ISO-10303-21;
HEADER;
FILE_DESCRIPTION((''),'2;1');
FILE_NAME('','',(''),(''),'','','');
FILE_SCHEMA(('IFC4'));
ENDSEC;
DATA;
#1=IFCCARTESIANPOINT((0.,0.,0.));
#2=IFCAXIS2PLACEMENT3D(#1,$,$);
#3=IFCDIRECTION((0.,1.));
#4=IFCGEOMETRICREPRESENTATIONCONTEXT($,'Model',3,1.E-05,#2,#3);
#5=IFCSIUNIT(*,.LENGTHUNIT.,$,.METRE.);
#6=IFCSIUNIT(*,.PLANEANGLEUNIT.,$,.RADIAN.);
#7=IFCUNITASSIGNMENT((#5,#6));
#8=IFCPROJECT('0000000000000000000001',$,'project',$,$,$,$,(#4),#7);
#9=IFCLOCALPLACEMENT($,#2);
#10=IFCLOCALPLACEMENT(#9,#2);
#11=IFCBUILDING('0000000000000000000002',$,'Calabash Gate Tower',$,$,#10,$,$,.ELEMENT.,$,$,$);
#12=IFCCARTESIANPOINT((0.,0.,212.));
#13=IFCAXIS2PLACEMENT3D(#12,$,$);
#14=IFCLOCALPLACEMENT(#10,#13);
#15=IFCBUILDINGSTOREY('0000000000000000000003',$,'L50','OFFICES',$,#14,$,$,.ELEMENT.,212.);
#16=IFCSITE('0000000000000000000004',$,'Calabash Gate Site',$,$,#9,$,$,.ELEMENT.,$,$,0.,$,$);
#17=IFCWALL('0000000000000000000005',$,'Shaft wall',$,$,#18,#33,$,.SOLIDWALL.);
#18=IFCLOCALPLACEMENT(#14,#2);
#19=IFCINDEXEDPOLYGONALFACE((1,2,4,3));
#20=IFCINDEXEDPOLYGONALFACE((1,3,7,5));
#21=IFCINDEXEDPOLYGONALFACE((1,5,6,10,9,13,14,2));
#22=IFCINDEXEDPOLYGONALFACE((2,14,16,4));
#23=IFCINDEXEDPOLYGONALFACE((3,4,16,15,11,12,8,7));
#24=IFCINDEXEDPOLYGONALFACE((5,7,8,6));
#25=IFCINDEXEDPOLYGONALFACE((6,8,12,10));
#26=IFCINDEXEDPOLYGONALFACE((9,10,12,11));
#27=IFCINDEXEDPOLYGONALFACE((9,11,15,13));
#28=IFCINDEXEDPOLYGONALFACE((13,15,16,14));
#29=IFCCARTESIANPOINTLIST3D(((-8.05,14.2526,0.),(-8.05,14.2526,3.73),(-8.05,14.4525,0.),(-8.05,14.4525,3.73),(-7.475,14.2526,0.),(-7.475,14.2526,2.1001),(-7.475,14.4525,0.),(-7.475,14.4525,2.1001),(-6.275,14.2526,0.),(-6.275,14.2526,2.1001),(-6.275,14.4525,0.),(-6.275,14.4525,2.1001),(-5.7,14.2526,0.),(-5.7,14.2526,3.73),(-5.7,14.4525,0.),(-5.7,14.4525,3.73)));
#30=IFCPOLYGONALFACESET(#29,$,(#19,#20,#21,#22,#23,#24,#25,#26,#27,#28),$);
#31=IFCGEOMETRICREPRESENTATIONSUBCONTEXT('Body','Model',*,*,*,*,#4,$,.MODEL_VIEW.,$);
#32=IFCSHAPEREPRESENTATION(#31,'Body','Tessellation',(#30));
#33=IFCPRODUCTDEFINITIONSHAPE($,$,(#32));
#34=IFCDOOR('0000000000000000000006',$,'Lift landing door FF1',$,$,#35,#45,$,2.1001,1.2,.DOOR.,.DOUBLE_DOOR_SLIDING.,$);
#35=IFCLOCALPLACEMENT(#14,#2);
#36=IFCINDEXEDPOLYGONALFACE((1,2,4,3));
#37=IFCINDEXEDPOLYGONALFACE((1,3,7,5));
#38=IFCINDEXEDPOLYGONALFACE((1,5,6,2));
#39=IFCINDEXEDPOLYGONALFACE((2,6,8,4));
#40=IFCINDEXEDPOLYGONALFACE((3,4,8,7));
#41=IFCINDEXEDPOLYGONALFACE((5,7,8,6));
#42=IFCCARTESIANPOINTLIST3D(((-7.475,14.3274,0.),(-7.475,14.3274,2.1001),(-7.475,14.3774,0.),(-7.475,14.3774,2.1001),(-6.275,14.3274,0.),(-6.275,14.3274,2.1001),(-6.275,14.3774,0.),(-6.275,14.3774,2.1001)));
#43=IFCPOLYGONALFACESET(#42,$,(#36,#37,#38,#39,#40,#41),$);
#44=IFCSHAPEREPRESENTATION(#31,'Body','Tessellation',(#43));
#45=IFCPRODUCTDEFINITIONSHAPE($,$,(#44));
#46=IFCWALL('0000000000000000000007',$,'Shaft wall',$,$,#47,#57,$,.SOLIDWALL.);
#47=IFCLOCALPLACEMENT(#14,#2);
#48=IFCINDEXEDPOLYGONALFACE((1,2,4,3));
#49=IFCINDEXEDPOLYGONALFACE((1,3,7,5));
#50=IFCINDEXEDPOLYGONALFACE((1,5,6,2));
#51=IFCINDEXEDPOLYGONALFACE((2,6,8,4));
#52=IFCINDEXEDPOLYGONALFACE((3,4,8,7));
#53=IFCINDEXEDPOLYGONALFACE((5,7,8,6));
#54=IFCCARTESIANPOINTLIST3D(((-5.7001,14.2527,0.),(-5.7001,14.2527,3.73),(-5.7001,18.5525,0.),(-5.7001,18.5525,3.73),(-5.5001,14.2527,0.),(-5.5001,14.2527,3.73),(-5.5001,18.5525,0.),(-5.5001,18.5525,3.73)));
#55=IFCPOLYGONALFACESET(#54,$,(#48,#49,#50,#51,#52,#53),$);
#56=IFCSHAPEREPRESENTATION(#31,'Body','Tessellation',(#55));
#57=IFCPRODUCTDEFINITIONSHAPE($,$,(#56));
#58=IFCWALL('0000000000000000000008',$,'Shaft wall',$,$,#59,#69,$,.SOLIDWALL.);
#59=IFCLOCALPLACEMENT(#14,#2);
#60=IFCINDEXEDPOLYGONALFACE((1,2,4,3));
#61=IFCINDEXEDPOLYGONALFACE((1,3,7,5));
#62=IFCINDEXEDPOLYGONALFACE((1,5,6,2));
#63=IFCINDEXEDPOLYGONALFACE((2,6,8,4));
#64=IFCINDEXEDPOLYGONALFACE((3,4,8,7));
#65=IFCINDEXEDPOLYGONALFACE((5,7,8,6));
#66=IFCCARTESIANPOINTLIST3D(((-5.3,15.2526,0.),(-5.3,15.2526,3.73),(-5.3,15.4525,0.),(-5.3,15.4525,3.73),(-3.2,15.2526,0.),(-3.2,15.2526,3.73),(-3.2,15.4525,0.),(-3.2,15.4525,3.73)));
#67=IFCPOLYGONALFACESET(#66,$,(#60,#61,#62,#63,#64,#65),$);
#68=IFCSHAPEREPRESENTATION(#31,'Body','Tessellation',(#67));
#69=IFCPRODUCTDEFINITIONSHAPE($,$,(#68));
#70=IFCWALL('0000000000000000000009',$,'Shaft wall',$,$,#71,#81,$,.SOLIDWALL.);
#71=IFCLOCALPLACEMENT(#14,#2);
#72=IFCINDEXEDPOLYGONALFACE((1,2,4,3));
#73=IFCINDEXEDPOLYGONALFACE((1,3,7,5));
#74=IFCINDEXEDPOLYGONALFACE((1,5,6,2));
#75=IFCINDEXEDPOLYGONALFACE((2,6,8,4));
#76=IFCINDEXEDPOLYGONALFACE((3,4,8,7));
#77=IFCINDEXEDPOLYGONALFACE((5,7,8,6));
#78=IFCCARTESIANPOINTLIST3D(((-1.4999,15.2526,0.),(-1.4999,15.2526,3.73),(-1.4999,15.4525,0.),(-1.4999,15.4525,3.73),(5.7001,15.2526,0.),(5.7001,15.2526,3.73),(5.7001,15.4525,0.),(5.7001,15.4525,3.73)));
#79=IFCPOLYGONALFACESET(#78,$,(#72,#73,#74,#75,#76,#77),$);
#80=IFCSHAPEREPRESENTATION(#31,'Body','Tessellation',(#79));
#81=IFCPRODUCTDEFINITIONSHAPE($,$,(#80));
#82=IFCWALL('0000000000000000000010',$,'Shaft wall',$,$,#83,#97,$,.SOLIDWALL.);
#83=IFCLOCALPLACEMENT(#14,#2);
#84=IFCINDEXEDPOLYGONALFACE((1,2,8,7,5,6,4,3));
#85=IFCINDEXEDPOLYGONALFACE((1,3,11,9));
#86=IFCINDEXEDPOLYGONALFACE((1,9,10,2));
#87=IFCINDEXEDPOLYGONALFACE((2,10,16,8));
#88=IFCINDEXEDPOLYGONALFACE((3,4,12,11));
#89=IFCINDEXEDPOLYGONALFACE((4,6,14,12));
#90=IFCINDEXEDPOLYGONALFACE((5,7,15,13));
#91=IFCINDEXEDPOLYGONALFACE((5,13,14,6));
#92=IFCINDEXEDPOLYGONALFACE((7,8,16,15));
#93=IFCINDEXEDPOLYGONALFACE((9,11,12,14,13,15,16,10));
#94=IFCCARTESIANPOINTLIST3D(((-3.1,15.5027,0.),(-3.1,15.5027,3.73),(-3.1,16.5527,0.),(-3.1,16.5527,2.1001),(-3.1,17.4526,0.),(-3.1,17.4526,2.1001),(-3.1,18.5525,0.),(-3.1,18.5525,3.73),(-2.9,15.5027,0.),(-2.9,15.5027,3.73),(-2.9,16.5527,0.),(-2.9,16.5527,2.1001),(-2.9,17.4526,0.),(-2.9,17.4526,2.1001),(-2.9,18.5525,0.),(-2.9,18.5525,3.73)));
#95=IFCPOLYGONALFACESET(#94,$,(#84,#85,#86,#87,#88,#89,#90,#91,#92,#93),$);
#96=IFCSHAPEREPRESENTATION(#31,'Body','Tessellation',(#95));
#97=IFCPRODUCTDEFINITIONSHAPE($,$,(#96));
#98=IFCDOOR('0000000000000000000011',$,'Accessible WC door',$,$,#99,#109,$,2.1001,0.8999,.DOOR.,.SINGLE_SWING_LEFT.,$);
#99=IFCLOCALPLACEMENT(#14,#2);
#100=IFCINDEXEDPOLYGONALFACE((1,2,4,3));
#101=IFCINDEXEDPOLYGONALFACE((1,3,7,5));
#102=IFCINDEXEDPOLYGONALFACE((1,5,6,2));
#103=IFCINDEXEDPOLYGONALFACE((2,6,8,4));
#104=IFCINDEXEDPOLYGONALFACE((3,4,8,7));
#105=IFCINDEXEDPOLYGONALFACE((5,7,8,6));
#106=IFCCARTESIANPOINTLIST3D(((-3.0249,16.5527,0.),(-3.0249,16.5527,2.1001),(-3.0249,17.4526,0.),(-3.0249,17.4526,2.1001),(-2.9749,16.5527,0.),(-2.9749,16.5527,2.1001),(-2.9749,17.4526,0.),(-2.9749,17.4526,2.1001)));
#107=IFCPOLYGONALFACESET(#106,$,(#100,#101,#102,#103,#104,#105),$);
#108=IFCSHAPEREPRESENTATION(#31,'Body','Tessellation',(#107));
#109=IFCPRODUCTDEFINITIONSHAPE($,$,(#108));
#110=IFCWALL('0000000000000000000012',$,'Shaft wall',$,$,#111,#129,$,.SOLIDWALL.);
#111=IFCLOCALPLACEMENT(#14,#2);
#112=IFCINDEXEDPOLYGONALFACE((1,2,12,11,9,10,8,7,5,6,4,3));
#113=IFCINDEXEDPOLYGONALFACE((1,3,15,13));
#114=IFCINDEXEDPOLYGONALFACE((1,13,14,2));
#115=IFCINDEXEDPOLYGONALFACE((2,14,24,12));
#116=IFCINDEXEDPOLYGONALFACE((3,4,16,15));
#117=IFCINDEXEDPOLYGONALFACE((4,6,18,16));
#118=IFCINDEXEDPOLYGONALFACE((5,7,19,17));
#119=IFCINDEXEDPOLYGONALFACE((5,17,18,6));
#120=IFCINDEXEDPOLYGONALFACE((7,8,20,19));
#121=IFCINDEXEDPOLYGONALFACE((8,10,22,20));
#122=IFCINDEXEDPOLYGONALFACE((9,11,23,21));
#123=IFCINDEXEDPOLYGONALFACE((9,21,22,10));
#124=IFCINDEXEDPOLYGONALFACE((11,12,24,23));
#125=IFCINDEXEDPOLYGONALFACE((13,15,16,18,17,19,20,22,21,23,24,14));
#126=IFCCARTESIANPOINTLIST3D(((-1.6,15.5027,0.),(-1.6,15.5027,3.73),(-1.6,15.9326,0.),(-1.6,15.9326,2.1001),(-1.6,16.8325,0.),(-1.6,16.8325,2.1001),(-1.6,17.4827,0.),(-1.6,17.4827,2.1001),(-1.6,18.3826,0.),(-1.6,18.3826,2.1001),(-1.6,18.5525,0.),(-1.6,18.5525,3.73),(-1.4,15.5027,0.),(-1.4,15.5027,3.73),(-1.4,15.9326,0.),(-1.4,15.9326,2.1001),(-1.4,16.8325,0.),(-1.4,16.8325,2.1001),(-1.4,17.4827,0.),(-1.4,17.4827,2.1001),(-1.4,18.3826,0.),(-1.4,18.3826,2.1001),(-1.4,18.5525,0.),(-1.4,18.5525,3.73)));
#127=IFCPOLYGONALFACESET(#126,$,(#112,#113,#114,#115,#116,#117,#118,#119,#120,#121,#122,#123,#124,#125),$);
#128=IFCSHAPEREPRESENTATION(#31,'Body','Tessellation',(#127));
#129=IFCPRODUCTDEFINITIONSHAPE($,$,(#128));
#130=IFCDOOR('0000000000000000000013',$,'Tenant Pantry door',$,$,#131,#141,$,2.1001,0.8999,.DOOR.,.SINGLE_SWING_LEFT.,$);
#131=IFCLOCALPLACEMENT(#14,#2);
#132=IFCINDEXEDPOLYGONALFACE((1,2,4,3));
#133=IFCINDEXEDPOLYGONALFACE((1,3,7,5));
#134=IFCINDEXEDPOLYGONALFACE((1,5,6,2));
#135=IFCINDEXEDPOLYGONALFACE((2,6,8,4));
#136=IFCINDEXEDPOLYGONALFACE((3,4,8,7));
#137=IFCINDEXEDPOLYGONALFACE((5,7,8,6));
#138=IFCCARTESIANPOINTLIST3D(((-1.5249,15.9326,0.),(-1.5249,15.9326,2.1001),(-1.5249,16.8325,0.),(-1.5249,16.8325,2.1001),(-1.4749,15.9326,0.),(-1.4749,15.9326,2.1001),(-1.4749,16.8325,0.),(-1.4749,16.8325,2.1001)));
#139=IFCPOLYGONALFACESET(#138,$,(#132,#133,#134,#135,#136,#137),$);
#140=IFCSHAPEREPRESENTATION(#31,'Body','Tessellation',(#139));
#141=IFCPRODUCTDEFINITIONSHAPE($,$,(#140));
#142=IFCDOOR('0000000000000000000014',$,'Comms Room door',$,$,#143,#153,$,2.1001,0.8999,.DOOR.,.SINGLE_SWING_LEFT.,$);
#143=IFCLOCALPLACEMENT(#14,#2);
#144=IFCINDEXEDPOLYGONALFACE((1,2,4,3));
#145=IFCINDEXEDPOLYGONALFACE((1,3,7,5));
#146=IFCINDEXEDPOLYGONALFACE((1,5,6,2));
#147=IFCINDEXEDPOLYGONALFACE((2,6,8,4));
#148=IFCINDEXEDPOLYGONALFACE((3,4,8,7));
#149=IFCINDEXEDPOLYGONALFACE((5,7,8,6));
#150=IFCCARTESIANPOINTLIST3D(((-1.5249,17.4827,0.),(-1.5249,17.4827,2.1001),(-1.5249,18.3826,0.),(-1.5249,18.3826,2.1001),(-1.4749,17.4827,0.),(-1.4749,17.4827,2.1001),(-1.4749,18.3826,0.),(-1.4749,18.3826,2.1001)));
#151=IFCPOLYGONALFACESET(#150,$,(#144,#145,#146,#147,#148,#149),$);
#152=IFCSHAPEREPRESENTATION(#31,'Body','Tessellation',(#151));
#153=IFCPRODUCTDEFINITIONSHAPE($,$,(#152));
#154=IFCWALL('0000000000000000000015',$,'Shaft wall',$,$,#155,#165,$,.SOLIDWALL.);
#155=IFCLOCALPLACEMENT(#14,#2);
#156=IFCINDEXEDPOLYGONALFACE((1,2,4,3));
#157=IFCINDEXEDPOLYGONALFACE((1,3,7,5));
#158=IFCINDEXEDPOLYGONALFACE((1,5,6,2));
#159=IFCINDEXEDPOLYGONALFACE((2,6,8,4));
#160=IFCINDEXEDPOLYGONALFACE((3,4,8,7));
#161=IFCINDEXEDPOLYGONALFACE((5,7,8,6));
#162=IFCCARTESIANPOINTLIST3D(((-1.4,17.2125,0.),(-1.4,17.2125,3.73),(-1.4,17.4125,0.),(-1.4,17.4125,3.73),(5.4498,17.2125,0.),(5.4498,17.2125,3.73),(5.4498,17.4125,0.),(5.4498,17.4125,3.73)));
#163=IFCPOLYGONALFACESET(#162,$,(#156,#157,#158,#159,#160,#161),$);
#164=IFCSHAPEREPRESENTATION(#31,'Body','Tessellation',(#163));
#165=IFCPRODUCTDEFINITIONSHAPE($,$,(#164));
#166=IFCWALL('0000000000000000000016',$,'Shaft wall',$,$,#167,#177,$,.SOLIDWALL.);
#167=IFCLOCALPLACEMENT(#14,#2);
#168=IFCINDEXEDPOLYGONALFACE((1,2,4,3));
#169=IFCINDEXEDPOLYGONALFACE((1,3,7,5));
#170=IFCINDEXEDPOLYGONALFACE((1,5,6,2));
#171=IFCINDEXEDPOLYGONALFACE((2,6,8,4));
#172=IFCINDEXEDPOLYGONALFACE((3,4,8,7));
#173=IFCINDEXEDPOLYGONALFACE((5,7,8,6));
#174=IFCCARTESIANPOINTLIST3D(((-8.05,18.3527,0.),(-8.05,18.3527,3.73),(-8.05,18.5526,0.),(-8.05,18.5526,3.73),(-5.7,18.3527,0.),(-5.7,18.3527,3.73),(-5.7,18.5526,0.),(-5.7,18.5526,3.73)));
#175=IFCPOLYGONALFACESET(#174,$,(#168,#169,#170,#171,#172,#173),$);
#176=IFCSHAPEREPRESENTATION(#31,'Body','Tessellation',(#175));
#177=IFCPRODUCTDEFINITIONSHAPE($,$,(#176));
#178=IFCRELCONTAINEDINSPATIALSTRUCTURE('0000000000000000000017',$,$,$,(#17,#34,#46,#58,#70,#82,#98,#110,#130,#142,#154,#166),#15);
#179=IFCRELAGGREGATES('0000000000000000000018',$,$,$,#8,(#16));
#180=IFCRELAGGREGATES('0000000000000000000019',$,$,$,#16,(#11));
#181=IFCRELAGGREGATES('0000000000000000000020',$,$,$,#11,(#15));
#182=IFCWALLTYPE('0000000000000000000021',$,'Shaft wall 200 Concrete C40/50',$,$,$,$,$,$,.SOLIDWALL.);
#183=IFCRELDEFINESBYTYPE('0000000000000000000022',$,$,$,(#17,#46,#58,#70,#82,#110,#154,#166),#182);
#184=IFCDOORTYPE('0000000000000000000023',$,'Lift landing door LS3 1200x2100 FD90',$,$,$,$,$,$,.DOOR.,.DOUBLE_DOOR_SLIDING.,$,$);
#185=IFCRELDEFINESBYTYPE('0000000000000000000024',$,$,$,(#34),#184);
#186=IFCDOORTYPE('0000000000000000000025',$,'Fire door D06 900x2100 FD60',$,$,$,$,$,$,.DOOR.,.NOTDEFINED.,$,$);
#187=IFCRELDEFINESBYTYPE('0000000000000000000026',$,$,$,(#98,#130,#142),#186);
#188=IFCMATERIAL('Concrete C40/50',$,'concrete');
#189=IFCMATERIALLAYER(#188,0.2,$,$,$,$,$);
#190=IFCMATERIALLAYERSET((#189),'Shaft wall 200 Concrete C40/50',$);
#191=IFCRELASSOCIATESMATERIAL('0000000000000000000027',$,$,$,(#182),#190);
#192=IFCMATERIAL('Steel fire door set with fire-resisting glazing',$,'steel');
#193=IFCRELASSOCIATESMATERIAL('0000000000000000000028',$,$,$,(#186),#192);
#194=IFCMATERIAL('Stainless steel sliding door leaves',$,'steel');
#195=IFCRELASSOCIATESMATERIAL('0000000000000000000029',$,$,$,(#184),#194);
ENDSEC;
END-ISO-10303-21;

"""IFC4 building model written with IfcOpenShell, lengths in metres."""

from ifc_helpers import new_model, si_unit, direction, frame, frame_2d, origin, place, context, subcontext, project, spatial, rectangle, extrude, material, layer, layer_set, type_object, element, fill, save


model = new_model("IFC4")

# Units and contexts
model_context = context("Model", 3, precision=1e-05, world=origin(), true_north=direction((0.0, 1.0)))
body_context = subcontext(model_context, "Body", "Model", "MODEL_VIEW")
ifc_project = project(units=[si_unit("LENGTHUNIT", "METRE"), si_unit("PLANEANGLEUNIT", "RADIAN")], contexts=[model_context])

# Site, building, storey
site_placement = place(None, origin())
site = spatial("IfcSite", under=ifc_project, at=site_placement, Name="Calabash Gate Site", CompositionType="ELEMENT", RefElevation=0.0)
building_placement = place(site_placement, origin())
building = spatial("IfcBuilding", under=site, at=building_placement, Name="Calabash Gate Tower", CompositionType="ELEMENT")
storey_placement = place(building_placement, frame((0.0, 0.0, 212.0)))
storey = spatial("IfcBuildingStorey", under=building, at=storey_placement, Name="L50", Description="OFFICES", CompositionType="ELEMENT", Elevation=212.0)

# Shared definitions
ifc_material_1 = material(Name="Concrete C40/50", Category="concrete")
ifc_layer_1 = layer(ifc_material_1, 0.2)
ifc_layer_set_1 = layer_set([ifc_layer_1], Name="Shaft wall 200 Concrete C40/50")
wall_type_1 = type_object("IfcWallType", Name="Shaft wall 200 Concrete C40/50", PredefinedType="SOLIDWALL", material=ifc_layer_set_1)
ifc_material_2 = material(Name="Steel fire door set with fire-resisting glazing", Category="steel")
door_type_1 = type_object("IfcDoorType", Name="Fire door D06 900x2100 FD60", OperationType="NOTDEFINED", PredefinedType="DOOR", material=ifc_material_2)

# Wall, opening, door
wall_1_placement = place(storey_placement, frame((-8.05, 14.3525, 0.0), z_axis=(0.0, 0.0, 1.0), x_axis=(1.0, 0.0, 0.0)))
wall_1 = element("IfcWall", 1, at=wall_1_placement, inside=storey, type_object=wall_type_1, Name="Shaft wall", PredefinedType="SOLIDWALL", context=body_context, shape_type="SweptSolid", body=[
    extrude(rectangle(XDim=2.3501, YDim=0.2, at=frame_2d((1.175, 0.0))), origin(), (0.0, 0.0, 1.0), 3.73),
])
opening_1_placement = place(wall_1_placement, frame((0.575, 0.0, 0.0)))
opening_1 = element("IfcOpeningElement", 2, at=opening_1_placement, cuts=wall_1, PredefinedType="OPENING", context=body_context, shape_type="SweptSolid", body=[
    extrude(rectangle(XDim=1.2, YDim=2.1001, at=frame_2d((0.6001, 1.05))), frame((0.0, 0.1099, 0.0), z_axis=(0.0, -1.0, 0.0), x_axis=(1.0, 0.0, 0.0)), (0.0, 0.0, 1.0), 0.22),
])
ifc_material_3 = material(Name="Stainless steel sliding door leaves", Category="steel")
door_type_2 = type_object("IfcDoorType", Name="Lift landing door LS3 1200x2100 FD90", OperationType="DOUBLE_DOOR_SLIDING", PredefinedType="DOOR", material=ifc_material_3)
door_1_placement = place(opening_1_placement, origin())
door_1 = element("IfcDoor", 3, at=door_1_placement, inside=storey, type_object=door_type_2, Name="Lift landing door FF1", OperationType="DOUBLE_DOOR_SLIDING", OverallHeight=2.1001, OverallWidth=1.2, PredefinedType="DOOR", context=body_context, shape_type="SweptSolid", body=[
    extrude(rectangle(XDim=1.2, YDim=2.1001, at=frame_2d((0.6001, 1.05))), frame((0.0, 0.0249, 0.0), z_axis=(0.0, -1.0, 0.0), x_axis=(1.0, 0.0, 0.0)), (0.0, 0.0, 1.0), 0.05),
])
fill(opening_1, door_1)

# Walls
wall_2_placement = place(storey_placement, frame((-5.6001, 14.2527, 0.0), z_axis=(0.0, 0.0, 1.0), x_axis=(0.0, 1.0, 0.0)))
element("IfcWall", 4, at=wall_2_placement, inside=storey, type_object=wall_type_1, Name="Shaft wall", PredefinedType="SOLIDWALL", context=body_context, shape_type="SweptSolid", body=[
    extrude(rectangle(XDim=4.2998, YDim=0.2, at=frame_2d((2.1499, 0.0))), origin(), (0.0, 0.0, 1.0), 3.73),
])
wall_3_placement = place(storey_placement, frame((-5.3, 15.3525, 0.0), z_axis=(0.0, 0.0, 1.0), x_axis=(1.0, 0.0, 0.0)))
element("IfcWall", 5, at=wall_3_placement, inside=storey, type_object=wall_type_1, Name="Shaft wall", PredefinedType="SOLIDWALL", context=body_context, shape_type="SweptSolid", body=[
    extrude(rectangle(XDim=2.1001, YDim=0.2, at=frame_2d((1.05, 0.0))), origin(), (0.0, 0.0, 1.0), 3.73),
])
wall_4_placement = place(storey_placement, frame((-1.5, 15.3525, 0.0), z_axis=(0.0, 0.0, 1.0), x_axis=(1.0, 0.0, 0.0)))
element("IfcWall", 6, at=wall_4_placement, inside=storey, type_object=wall_type_1, Name="Shaft wall", PredefinedType="SOLIDWALL", context=body_context, shape_type="SweptSolid", body=[
    extrude(rectangle(XDim=7.2, YDim=0.2, at=frame_2d((3.6001, 0.0))), origin(), (0.0, 0.0, 1.0), 3.73),
])

# Wall, opening, door
wall_5_placement = place(storey_placement, frame((-3.0, 15.5027, 0.0), z_axis=(0.0, 0.0, 1.0), x_axis=(0.0, 1.0, 0.0)))
wall_5 = element("IfcWall", 7, at=wall_5_placement, inside=storey, type_object=wall_type_1, Name="Shaft wall", PredefinedType="SOLIDWALL", context=body_context, shape_type="SweptSolid", body=[
    extrude(rectangle(XDim=3.0498, YDim=0.2, at=frame_2d((1.5249, 0.0))), origin(), (0.0, 0.0, 1.0), 3.73),
])
opening_2_placement = place(wall_5_placement, frame((1.05, 0.0, 0.0)))
opening_2 = element("IfcOpeningElement", 8, at=opening_2_placement, cuts=wall_5, PredefinedType="OPENING", context=body_context, shape_type="SweptSolid", body=[
    extrude(rectangle(XDim=0.8999, YDim=2.1001, at=frame_2d((0.45, 1.05))), frame((0.0, 0.1099, 0.0), z_axis=(0.0, -1.0, 0.0), x_axis=(1.0, 0.0, 0.0)), (0.0, 0.0, 1.0), 0.22),
])
door_2_placement = place(opening_2_placement, origin())
door_2 = element("IfcDoor", 9, at=door_2_placement, inside=storey, type_object=door_type_1, Name="Accessible WC door", OperationType="SINGLE_SWING_LEFT", OverallHeight=2.1001, OverallWidth=0.8999, PredefinedType="DOOR", context=body_context, shape_type="SweptSolid", body=[
    extrude(rectangle(XDim=0.8999, YDim=2.1001, at=frame_2d((0.45, 1.05))), frame((0.0, 0.0249, 0.0), z_axis=(0.0, -1.0, 0.0), x_axis=(1.0, 0.0, 0.0)), (0.0, 0.0, 1.0), 0.05),
])
fill(opening_2, door_2)

# Wall, openings, doors
wall_6_placement = place(storey_placement, frame((-1.5, 15.5027, 0.0), z_axis=(0.0, 0.0, 1.0), x_axis=(0.0, 1.0, 0.0)))
wall_6 = element("IfcWall", 10, at=wall_6_placement, inside=storey, type_object=wall_type_1, Name="Shaft wall", PredefinedType="SOLIDWALL", context=body_context, shape_type="SweptSolid", body=[
    extrude(rectangle(XDim=3.0498, YDim=0.2, at=frame_2d((1.5249, 0.0))), origin(), (0.0, 0.0, 1.0), 3.73),
])
opening_3_placement = place(wall_6_placement, frame((0.4299, 0.0, 0.0)))
opening_3 = element("IfcOpeningElement", 11, at=opening_3_placement, cuts=wall_6, PredefinedType="OPENING", context=body_context, shape_type="SweptSolid", body=[
    extrude(rectangle(XDim=0.8999, YDim=2.1001, at=frame_2d((0.45, 1.05))), frame((0.0, 0.1099, 0.0), z_axis=(0.0, -1.0, 0.0), x_axis=(1.0, 0.0, 0.0)), (0.0, 0.0, 1.0), 0.22),
])
opening_4_placement = place(wall_6_placement, frame((1.98, 0.0, 0.0)))
opening_4 = element("IfcOpeningElement", 12, at=opening_4_placement, cuts=wall_6, PredefinedType="OPENING", context=body_context, shape_type="SweptSolid", body=[
    extrude(rectangle(XDim=0.8999, YDim=2.1001, at=frame_2d((0.45, 1.05))), frame((0.0, 0.1099, 0.0), z_axis=(0.0, -1.0, 0.0), x_axis=(1.0, 0.0, 0.0)), (0.0, 0.0, 1.0), 0.22),
])
door_3_placement = place(opening_3_placement, origin())
door_3 = element("IfcDoor", 13, at=door_3_placement, inside=storey, type_object=door_type_1, Name="Tenant Pantry door", OperationType="SINGLE_SWING_LEFT", OverallHeight=2.1001, OverallWidth=0.8999, PredefinedType="DOOR", context=body_context, shape_type="SweptSolid", body=[
    extrude(rectangle(XDim=0.8999, YDim=2.1001, at=frame_2d((0.45, 1.05))), frame((0.0, 0.0249, 0.0), z_axis=(0.0, -1.0, 0.0), x_axis=(1.0, 0.0, 0.0)), (0.0, 0.0, 1.0), 0.05),
])
fill(opening_3, door_3)
door_4_placement = place(opening_4_placement, origin())
door_4 = element("IfcDoor", 14, at=door_4_placement, inside=storey, type_object=door_type_1, Name="Comms Room door", OperationType="SINGLE_SWING_LEFT", OverallHeight=2.1001, OverallWidth=0.8999, PredefinedType="DOOR", context=body_context, shape_type="SweptSolid", body=[
    extrude(rectangle(XDim=0.8999, YDim=2.1001, at=frame_2d((0.45, 1.05))), frame((0.0, 0.0249, 0.0), z_axis=(0.0, -1.0, 0.0), x_axis=(1.0, 0.0, 0.0)), (0.0, 0.0, 1.0), 0.05),
])
fill(opening_4, door_4)

# Walls
wall_7_placement = place(storey_placement, frame((-1.3999, 17.3125, 0.0), z_axis=(0.0, 0.0, 1.0), x_axis=(1.0, 0.0, 0.0)))
element("IfcWall", 15, at=wall_7_placement, inside=storey, type_object=wall_type_1, Name="Shaft wall", PredefinedType="SOLIDWALL", context=body_context, shape_type="SweptSolid", body=[
    extrude(rectangle(XDim=6.8499, YDim=0.2, at=frame_2d((3.4248, 0.0))), origin(), (0.0, 0.0, 1.0), 3.73),
])
wall_8_placement = place(storey_placement, frame((-8.05, 18.4526, 0.0), z_axis=(0.0, 0.0, 1.0), x_axis=(1.0, 0.0, 0.0)))
element("IfcWall", 16, at=wall_8_placement, inside=storey, type_object=wall_type_1, Name="Shaft wall", PredefinedType="SOLIDWALL", context=body_context, shape_type="SweptSolid", body=[
    extrude(rectangle(XDim=2.3501, YDim=0.2, at=frame_2d((1.175, 0.0))), origin(), (0.0, 0.0, 1.0), 3.73),
])

save(model, "model.ifc")
